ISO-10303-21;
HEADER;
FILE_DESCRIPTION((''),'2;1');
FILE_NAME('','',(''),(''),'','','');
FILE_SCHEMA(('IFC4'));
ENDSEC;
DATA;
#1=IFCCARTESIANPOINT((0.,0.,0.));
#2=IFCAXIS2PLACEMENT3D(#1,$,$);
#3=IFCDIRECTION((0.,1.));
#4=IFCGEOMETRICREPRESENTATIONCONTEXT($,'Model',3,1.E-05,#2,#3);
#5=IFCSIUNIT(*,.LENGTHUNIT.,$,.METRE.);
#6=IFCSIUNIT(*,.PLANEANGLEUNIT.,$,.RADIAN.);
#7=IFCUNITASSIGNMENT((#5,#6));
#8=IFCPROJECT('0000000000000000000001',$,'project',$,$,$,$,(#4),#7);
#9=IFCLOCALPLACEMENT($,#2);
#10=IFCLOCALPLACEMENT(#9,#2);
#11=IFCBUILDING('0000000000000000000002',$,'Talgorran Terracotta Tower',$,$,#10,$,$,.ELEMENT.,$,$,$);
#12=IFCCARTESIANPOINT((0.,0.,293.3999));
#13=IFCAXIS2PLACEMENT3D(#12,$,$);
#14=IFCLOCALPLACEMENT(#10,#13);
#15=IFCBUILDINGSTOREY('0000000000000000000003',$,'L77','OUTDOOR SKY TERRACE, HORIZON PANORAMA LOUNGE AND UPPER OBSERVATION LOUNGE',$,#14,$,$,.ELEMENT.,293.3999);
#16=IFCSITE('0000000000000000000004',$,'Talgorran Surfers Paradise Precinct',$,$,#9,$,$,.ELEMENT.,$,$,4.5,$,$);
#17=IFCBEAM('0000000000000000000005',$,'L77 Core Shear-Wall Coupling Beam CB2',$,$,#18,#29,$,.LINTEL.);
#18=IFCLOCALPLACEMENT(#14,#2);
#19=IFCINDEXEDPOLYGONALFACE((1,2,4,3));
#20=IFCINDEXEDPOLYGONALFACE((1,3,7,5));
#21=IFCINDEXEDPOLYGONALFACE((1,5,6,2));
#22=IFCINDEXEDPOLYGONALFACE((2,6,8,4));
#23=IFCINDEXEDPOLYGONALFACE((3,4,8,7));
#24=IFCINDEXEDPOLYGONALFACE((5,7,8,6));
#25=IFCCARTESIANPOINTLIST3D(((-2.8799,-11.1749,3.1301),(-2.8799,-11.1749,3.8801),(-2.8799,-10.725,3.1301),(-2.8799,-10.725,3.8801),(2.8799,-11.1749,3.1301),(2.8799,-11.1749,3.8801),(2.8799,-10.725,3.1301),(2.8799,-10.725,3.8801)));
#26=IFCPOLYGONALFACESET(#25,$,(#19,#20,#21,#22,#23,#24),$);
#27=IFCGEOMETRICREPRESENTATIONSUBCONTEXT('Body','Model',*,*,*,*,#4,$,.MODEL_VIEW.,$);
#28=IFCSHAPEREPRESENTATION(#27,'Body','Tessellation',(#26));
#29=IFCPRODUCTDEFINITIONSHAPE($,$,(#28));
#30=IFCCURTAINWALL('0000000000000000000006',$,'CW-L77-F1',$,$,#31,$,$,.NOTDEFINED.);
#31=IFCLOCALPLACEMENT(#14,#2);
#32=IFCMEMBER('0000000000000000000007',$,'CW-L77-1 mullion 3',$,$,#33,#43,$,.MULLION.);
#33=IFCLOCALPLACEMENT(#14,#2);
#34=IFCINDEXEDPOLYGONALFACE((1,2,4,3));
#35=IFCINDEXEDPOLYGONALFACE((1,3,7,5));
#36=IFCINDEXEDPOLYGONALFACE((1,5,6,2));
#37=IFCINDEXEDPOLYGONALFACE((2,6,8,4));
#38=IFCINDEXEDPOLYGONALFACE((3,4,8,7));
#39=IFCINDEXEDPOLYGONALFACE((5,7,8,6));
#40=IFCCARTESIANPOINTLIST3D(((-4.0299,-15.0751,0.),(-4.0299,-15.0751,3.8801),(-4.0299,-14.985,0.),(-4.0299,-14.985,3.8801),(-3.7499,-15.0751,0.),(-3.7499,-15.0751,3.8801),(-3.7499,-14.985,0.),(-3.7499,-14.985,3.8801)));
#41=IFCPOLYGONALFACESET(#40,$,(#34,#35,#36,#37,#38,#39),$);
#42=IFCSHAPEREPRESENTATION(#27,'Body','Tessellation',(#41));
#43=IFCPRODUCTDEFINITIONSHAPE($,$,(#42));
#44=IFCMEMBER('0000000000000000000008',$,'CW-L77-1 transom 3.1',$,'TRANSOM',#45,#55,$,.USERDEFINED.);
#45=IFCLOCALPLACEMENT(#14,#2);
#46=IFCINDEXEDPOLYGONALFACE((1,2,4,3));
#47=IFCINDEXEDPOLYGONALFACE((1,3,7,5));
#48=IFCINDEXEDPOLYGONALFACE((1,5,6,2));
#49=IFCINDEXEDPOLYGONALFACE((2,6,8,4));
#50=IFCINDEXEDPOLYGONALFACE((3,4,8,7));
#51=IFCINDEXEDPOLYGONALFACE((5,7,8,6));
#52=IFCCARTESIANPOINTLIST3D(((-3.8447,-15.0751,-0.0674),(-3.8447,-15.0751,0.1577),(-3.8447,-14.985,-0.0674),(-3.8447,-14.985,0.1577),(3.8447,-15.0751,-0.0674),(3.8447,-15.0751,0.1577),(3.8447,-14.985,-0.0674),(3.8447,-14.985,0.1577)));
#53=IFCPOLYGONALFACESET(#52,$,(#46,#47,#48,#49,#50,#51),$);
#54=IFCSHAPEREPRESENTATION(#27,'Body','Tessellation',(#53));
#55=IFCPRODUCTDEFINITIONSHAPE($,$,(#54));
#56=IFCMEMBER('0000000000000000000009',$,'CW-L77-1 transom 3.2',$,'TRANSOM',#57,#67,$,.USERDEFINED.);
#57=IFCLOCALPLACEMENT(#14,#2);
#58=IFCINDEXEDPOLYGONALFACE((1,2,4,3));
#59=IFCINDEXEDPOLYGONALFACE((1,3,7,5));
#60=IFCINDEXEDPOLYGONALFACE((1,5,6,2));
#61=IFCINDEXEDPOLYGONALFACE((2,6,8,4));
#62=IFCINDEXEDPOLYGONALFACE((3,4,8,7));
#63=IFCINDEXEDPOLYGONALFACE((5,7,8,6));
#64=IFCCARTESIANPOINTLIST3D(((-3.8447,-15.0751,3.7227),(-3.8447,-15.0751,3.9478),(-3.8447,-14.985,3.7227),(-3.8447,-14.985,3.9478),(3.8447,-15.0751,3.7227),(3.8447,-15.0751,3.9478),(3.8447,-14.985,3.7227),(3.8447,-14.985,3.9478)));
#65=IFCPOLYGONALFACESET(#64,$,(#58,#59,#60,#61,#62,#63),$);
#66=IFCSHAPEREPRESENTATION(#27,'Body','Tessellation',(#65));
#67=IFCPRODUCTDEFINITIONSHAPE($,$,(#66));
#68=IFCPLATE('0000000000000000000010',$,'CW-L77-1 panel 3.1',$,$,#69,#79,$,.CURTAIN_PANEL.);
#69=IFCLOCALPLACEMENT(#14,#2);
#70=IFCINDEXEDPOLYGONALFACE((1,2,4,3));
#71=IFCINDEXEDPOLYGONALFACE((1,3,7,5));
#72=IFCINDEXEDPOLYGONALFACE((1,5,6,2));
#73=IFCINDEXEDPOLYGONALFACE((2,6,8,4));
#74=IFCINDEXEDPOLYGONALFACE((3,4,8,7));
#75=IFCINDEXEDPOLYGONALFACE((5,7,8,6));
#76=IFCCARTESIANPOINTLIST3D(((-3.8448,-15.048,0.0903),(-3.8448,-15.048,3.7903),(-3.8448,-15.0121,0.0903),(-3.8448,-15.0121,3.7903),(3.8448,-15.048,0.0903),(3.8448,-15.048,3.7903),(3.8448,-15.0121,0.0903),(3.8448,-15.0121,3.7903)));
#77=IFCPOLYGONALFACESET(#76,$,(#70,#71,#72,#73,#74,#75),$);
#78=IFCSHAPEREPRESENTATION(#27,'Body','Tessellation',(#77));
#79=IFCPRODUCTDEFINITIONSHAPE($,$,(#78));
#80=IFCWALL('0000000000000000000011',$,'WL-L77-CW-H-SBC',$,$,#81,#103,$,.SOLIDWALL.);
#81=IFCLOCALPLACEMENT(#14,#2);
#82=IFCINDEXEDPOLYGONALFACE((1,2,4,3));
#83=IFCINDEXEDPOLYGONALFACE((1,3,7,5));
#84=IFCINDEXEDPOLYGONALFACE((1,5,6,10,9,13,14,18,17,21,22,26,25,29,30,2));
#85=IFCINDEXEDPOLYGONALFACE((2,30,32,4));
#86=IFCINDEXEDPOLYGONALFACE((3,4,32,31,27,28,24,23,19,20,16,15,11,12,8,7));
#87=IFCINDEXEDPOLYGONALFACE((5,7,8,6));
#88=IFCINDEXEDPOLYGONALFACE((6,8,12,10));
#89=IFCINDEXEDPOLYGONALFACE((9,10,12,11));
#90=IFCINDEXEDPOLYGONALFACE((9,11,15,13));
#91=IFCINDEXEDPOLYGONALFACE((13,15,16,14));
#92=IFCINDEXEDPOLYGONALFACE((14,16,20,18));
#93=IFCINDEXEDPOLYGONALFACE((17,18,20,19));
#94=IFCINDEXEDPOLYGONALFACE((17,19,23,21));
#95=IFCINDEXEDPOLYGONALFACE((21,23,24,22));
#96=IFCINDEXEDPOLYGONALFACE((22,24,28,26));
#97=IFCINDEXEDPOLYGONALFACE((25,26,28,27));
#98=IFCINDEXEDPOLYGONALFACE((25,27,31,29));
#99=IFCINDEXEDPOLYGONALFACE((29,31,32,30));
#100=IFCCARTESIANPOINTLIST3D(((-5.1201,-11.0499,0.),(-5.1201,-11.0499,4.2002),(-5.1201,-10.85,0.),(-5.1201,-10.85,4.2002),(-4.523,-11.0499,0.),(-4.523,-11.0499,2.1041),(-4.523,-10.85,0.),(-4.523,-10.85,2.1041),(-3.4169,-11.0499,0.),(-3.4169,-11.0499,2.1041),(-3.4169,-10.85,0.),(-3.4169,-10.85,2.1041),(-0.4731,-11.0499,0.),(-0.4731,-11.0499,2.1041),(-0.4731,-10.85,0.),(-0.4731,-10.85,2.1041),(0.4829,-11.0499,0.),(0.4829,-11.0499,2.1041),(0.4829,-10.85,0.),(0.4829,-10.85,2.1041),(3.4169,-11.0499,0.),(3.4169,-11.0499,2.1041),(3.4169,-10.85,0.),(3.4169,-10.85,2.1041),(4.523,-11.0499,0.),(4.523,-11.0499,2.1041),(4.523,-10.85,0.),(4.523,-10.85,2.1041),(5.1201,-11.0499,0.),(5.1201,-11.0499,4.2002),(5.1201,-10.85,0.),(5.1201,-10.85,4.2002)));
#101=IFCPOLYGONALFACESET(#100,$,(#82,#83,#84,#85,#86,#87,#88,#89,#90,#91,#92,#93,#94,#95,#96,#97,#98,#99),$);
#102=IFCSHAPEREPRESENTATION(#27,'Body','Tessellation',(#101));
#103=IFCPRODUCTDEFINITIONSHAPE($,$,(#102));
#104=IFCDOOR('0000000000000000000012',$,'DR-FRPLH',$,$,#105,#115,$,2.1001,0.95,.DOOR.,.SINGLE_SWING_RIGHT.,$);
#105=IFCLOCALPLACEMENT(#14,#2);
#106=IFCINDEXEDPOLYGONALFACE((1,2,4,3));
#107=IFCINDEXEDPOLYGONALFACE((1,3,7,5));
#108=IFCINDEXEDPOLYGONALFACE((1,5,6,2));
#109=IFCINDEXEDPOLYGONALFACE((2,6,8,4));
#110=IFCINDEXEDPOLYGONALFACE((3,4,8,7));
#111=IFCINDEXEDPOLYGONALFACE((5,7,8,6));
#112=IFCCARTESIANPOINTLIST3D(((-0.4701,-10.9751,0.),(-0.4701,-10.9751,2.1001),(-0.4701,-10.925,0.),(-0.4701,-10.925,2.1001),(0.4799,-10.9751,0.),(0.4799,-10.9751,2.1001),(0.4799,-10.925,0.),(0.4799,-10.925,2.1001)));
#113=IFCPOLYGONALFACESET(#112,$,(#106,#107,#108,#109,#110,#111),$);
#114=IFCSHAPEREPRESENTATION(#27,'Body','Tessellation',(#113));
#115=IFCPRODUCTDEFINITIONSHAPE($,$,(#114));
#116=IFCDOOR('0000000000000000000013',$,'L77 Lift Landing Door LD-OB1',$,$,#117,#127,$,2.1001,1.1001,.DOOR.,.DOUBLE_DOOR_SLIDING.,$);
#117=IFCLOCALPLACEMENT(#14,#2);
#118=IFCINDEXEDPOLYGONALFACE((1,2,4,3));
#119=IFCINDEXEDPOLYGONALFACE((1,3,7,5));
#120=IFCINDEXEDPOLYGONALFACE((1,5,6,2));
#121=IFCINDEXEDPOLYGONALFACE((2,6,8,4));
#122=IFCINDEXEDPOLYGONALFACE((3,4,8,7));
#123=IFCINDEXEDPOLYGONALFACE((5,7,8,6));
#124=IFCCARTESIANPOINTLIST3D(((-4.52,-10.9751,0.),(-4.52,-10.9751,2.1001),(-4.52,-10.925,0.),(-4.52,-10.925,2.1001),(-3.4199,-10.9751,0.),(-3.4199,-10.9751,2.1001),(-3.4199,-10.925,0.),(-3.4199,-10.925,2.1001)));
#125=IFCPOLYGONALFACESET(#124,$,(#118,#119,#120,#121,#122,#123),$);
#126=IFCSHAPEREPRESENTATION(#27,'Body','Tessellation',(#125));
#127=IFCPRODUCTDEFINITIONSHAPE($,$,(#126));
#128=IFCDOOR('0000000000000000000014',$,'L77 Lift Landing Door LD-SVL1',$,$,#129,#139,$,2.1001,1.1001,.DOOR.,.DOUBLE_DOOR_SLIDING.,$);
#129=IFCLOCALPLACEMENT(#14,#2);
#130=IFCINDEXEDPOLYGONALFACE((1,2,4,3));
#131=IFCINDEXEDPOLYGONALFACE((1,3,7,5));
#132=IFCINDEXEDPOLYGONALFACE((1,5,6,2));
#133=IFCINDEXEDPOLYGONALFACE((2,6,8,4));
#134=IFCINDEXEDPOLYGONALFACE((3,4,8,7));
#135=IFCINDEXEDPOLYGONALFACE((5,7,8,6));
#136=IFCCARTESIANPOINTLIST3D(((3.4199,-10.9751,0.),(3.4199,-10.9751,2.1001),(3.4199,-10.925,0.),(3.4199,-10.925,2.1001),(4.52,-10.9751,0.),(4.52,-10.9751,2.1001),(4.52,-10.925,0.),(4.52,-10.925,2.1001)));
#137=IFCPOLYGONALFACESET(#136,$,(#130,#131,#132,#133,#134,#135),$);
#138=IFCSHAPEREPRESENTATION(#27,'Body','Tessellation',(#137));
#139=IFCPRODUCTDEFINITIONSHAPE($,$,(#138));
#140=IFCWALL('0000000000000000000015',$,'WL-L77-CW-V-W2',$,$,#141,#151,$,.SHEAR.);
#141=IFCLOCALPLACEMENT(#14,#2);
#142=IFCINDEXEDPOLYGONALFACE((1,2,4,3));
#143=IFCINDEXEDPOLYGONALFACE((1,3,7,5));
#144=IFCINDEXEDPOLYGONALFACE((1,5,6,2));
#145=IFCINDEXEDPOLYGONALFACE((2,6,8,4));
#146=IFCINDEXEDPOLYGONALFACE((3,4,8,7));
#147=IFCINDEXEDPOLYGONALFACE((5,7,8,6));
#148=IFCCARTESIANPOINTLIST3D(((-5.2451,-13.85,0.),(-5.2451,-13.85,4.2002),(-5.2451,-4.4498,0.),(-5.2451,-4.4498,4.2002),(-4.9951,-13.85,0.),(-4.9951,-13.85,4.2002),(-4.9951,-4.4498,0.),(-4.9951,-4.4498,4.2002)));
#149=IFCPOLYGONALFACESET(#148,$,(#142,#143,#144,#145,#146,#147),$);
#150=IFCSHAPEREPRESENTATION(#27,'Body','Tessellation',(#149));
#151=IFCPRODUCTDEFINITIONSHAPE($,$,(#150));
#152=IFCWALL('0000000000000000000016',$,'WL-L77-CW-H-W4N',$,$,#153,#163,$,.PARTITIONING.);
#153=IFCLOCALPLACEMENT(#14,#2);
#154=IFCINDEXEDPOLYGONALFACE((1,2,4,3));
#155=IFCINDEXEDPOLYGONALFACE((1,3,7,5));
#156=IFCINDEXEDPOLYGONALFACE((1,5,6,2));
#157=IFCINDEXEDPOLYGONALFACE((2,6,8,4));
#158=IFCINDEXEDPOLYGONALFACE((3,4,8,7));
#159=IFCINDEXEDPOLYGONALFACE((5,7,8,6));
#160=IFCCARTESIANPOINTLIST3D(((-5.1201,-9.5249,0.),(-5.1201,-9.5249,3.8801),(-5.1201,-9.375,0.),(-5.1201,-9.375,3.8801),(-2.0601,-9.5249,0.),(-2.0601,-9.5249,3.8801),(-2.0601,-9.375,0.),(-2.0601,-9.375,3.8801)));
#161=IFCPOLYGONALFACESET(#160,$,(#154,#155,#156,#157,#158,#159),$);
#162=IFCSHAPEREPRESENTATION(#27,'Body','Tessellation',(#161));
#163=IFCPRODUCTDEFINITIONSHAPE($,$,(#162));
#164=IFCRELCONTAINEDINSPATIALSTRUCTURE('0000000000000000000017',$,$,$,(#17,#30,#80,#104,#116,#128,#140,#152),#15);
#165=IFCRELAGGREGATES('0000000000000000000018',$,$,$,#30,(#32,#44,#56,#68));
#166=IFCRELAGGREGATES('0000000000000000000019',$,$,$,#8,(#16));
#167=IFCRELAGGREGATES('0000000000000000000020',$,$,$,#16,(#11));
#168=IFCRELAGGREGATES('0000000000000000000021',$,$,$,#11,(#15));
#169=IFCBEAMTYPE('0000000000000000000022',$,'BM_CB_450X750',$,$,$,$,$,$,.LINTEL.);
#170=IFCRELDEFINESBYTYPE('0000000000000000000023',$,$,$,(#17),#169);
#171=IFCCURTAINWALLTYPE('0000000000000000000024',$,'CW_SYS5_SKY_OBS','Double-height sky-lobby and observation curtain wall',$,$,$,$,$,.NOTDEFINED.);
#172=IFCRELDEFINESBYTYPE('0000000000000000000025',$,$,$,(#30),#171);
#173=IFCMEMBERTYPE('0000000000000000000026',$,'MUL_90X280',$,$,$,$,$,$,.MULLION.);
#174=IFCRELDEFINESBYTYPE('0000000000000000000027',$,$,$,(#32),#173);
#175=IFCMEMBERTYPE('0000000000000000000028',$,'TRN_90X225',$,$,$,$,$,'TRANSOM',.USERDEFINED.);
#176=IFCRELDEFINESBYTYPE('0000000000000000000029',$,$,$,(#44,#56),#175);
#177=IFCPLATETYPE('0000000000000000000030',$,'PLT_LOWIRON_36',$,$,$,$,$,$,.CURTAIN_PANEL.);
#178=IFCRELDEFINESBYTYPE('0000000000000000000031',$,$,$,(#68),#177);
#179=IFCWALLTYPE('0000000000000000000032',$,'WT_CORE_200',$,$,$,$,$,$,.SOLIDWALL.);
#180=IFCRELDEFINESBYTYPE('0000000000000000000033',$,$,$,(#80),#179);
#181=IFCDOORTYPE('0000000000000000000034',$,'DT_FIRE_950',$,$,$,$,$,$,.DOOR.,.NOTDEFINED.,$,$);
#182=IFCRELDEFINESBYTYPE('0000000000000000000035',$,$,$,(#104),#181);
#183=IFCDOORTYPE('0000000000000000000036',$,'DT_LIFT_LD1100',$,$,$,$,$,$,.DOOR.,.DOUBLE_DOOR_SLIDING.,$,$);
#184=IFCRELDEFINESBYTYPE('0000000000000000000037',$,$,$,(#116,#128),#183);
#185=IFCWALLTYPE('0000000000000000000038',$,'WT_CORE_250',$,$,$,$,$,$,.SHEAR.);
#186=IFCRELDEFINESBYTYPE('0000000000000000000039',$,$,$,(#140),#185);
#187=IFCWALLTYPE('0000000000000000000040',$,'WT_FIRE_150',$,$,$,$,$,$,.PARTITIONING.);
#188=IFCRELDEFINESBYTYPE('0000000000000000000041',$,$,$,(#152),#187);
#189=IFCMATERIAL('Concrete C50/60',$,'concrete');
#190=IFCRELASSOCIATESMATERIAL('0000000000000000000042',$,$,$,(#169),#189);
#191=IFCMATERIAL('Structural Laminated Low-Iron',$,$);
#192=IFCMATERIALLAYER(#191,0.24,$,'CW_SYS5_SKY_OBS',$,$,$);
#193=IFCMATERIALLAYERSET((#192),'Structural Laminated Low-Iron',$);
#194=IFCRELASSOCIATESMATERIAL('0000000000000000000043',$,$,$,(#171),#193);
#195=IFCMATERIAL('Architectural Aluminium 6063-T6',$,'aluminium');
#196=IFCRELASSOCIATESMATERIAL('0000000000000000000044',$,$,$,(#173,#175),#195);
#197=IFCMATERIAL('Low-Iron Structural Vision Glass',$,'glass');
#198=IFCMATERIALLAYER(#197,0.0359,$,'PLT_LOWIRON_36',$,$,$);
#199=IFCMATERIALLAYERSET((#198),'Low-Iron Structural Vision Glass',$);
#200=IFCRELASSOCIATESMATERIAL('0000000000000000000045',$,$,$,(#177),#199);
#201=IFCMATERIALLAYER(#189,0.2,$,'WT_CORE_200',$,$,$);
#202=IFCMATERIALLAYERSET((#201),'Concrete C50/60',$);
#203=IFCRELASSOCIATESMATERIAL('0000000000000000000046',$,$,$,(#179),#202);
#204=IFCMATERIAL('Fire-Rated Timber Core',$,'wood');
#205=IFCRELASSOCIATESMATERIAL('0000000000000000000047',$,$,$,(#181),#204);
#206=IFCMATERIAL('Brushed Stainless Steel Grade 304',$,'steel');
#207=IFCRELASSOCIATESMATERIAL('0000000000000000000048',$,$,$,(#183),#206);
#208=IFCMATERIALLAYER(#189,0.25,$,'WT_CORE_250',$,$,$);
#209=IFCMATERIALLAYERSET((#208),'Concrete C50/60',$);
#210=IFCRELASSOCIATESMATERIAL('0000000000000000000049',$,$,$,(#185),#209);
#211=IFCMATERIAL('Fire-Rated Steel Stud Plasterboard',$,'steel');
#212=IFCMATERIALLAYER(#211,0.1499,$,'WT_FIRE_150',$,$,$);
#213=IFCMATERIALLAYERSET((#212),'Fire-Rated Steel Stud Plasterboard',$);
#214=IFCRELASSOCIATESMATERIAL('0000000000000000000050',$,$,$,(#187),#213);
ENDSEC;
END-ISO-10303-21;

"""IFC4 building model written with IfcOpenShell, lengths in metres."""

from ifc_helpers import new_model, si_unit, direction, frame, frame_2d, origin, origin_2d, place, context, subcontext, project, spatial, rectangle, extrude, source, transform, mapped, material, layer, layer_set, material_profile, profile_set, type_object, type_shapes, element, fill, aggregate, save


model = new_model("IFC4")

# Units and contexts
model_context = context("Model", 3, precision=1e-05, world=origin(), true_north=direction((0.0, 1.0)))
body_context = subcontext(model_context, "Body", "Model", "MODEL_VIEW")
ifc_project = project(units=[si_unit("LENGTHUNIT", "METRE"), si_unit("PLANEANGLEUNIT", "RADIAN")], contexts=[model_context])

# Site, building, storey
site_placement = place(None, origin())
site = spatial("IfcSite", under=ifc_project, at=site_placement, Name="Talgorran Surfers Paradise Precinct", CompositionType="ELEMENT", RefElevation=4.5)
building_placement = place(site_placement, origin())
building = spatial("IfcBuilding", under=site, at=building_placement, Name="Talgorran Terracotta Tower", CompositionType="ELEMENT")
storey_placement = place(building_placement, frame((0.0, 0.0, 293.3999)))
storey = spatial("IfcBuildingStorey", under=building, at=storey_placement, Name="L77", Description="OUTDOOR SKY TERRACE, HORIZON PANORAMA LOUNGE AND UPPER OBSERVATION LOUNGE", CompositionType="ELEMENT", Elevation=293.3999)

# Beam
ifc_material_1 = material(Name="Concrete C50/60", Category="concrete")
ifc_material_profile_1 = material_profile(ifc_material_1, rectangle(XDim=0.45, YDim=0.75, at=origin_2d()), Name="RCCB450X750")
ifc_profile_set_1 = profile_set([ifc_material_profile_1], Name="Concrete C50/60")
beam_type = type_object("IfcBeamType", Name="BM_CB_450X750", PredefinedType="LINTEL", material=ifc_profile_set_1)
beam_placement = place(storey_placement, frame((-2.8799, -10.95, 3.5051), z_axis=(1.0, 0.0, 0.0), x_axis=(0.0, 1.0, 0.0)))
element("IfcBeam", 1, at=beam_placement, inside=storey, type_object=beam_type, Name="L77 Core Shear-Wall Coupling Beam CB2", PredefinedType="LINTEL", context=body_context, shape_type="SweptSolid", body=[
    extrude(rectangle(XDim=0.45, YDim=0.75, at=origin_2d()), origin(), (0.0, 0.0, 1.0), 5.7598),
])

# Curtain wall, members, plate
ifc_material_2 = material(Name="Structural Laminated Low-Iron")
ifc_layer_1 = layer(ifc_material_2, 0.24, Name="CW_SYS5_SKY_OBS")
ifc_layer_set_1 = layer_set([ifc_layer_1], Name="Structural Laminated Low-Iron")
curtain_wall_type = type_object("IfcCurtainWallType", Name="CW_SYS5_SKY_OBS", Description="Double-height sky-lobby and observation curtain wall", PredefinedType="NOTDEFINED", material=ifc_layer_set_1)
curtain_wall_placement = place(storey_placement, origin())
curtain_wall = element("IfcCurtainWall", 2, at=curtain_wall_placement, inside=storey, type_object=curtain_wall_type, Name="CW-L77-F1", PredefinedType="NOTDEFINED")
ifc_material_3 = material(Name="Architectural Aluminium 6063-T6", Category="aluminium")
ifc_material_profile_2 = material_profile(ifc_material_3, rectangle(XDim=0.0901, YDim=0.28, at=origin_2d()), Name="CWM90X280")
ifc_profile_set_2 = profile_set([ifc_material_profile_2], Name="Architectural Aluminium 6063-T6")
member_type_1 = type_object("IfcMemberType", Name="MUL_90X280", PredefinedType="MULLION", material=ifc_profile_set_2)
member_1_placement = place(storey_placement, frame((-3.8899, -15.03, 0.0), z_axis=(0.0, 0.0, 1.0), x_axis=(0.0, 1.0, 0.0)))
member_1 = element("IfcMember", 3, at=member_1_placement, type_object=member_type_1, Name="CW-L77-1 mullion 3", PredefinedType="MULLION", context=body_context, shape_type="SweptSolid", body=[
    extrude(rectangle(XDim=0.0901, YDim=0.28, at=origin_2d()), origin(), (0.0, 0.0, 1.0), 3.8801),
])
ifc_material_profile_3 = material_profile(ifc_material_3, rectangle(XDim=0.0901, YDim=0.2251, at=origin_2d()), Name="CWT90X225")
ifc_profile_set_3 = profile_set([ifc_material_profile_3], Name="Architectural Aluminium 6063-T6")
member_type_2 = type_object("IfcMemberType", Name="TRN_90X225", ElementType="TRANSOM", PredefinedType="USERDEFINED", material=ifc_profile_set_3)
member_2_placement = place(storey_placement, frame((-3.8447, -15.03, 0.0452), z_axis=(1.0, 0.0, 0.0), x_axis=(0.0, 1.0, 0.0)))
member_2 = element("IfcMember", 4, at=member_2_placement, type_object=member_type_2, Name="CW-L77-1 transom 3.1", ObjectType="TRANSOM", PredefinedType="USERDEFINED", context=body_context, shape_type="SweptSolid", body=[
    extrude(rectangle(XDim=0.0901, YDim=0.2251, at=origin_2d()), origin(), (0.0, 0.0, 1.0), 7.6895),
])
member_3_placement = place(storey_placement, frame((-3.8447, -15.03, 3.8352), z_axis=(1.0, 0.0, 0.0), x_axis=(0.0, 1.0, 0.0)))
member_3 = element("IfcMember", 5, at=member_3_placement, type_object=member_type_2, Name="CW-L77-1 transom 3.2", ObjectType="TRANSOM", PredefinedType="USERDEFINED", context=body_context, shape_type="SweptSolid", body=[
    extrude(rectangle(XDim=0.0901, YDim=0.2251, at=origin_2d()), origin(), (0.0, 0.0, 1.0), 7.6895),
])
ifc_material_4 = material(Name="Low-Iron Structural Vision Glass", Category="glass")
ifc_layer_2 = layer(ifc_material_4, 0.0359, Name="PLT_LOWIRON_36")
ifc_layer_set_2 = layer_set([ifc_layer_2], Name="Low-Iron Structural Vision Glass")
plate_type = type_object("IfcPlateType", Name="PLT_LOWIRON_36", PredefinedType="CURTAIN_PANEL", material=ifc_layer_set_2)
shared_shape = source(origin(), body_context, "Body", "SweptSolid", [
    extrude(rectangle(XDim=7.6897, YDim=0.0359, at=origin_2d()), origin(), (0.0, 0.0, 1.0), 3.7),
])
type_shapes(plate_type, [shared_shape])
plate_placement = place(storey_placement, frame((0.0, -15.03, 0.0903), z_axis=(0.0, 0.0, 1.0), x_axis=(1.0, 0.0, 0.0)))
plate = element("IfcPlate", 6, at=plate_placement, type_object=plate_type, Name="CW-L77-1 panel 3.1", PredefinedType="CURTAIN_PANEL", context=body_context, shape_type="MappedRepresentation", body=[
    mapped(shared_shape, transform((0.0, 0.0, 0.0), scale=1.0)),
])
aggregate(curtain_wall, [member_1, member_2, member_3, plate])

# Wall, openings, doors
ifc_layer_3 = layer(ifc_material_1, 0.2, Name="WT_CORE_200")
ifc_layer_set_3 = layer_set([ifc_layer_3], Name="Concrete C50/60")
wall_type_1 = type_object("IfcWallType", Name="WT_CORE_200", PredefinedType="SOLIDWALL", material=ifc_layer_set_3)
wall_1_placement = place(storey_placement, frame((-5.1201, -10.95, 0.0), z_axis=(0.0, 0.0, 1.0), x_axis=(1.0, 0.0, 0.0)))
wall_1 = element("IfcWall", 7, at=wall_1_placement, inside=storey, type_object=wall_type_1, Name="WL-L77-CW-H-SBC", PredefinedType="SOLIDWALL", context=body_context, shape_type="SweptSolid", body=[
    extrude(rectangle(XDim=10.2402, YDim=0.2, at=frame_2d((5.1201, 0.0))), origin(), (0.0, 0.0, 1.0), 4.2002),
])
opening_1_placement = place(wall_1_placement, frame((0.6001, 0.0, 0.0)))
opening_1 = element("IfcOpeningElement", 8, at=opening_1_placement, cuts=wall_1, PredefinedType="OPENING", context=body_context, shape_type="SweptSolid", body=[
    extrude(rectangle(XDim=1.1061, YDim=2.1041, at=frame_2d((0.55, 1.052))), frame((0.0, 0.1099, 0.0), z_axis=(0.0, -1.0, 0.0), x_axis=(1.0, 0.0, 0.0)), (0.0, 0.0, 1.0), 0.22),
])
opening_2_placement = place(wall_1_placement, frame((4.6499, 0.0, 0.0)))
opening_2 = element("IfcOpeningElement", 9, at=opening_2_placement, cuts=wall_1, PredefinedType="OPENING", context=body_context, shape_type="SweptSolid", body=[
    extrude(rectangle(XDim=0.956, YDim=2.1041, at=frame_2d((0.4751, 1.052))), frame((0.0, 0.1099, 0.0), z_axis=(0.0, -1.0, 0.0), x_axis=(1.0, 0.0, 0.0)), (0.0, 0.0, 1.0), 0.22),
])
opening_3_placement = place(wall_1_placement, frame((8.54, 0.0, 0.0)))
opening_3 = element("IfcOpeningElement", 10, at=opening_3_placement, cuts=wall_1, PredefinedType="OPENING", context=body_context, shape_type="SweptSolid", body=[
    extrude(rectangle(XDim=1.1061, YDim=2.1041, at=frame_2d((0.55, 1.052))), frame((0.0, 0.1099, 0.0), z_axis=(0.0, -1.0, 0.0), x_axis=(1.0, 0.0, 0.0)), (0.0, 0.0, 1.0), 0.22),
])
ifc_material_5 = material(Name="Fire-Rated Timber Core", Category="wood")
door_type_1 = type_object("IfcDoorType", Name="DT_FIRE_950", OperationType="NOTDEFINED", PredefinedType="DOOR", material=ifc_material_5)
door_1_placement = place(opening_2_placement, origin())
door_1 = element("IfcDoor", 11, at=door_1_placement, inside=storey, type_object=door_type_1, Name="DR-FRPLH", OperationType="SINGLE_SWING_RIGHT", OverallHeight=2.1001, OverallWidth=0.95, PredefinedType="DOOR", context=body_context, shape_type="SweptSolid", body=[
    extrude(rectangle(XDim=0.95, YDim=2.1001, at=frame_2d((0.4751, 1.05))), frame((0.0, 0.0249, 0.0), z_axis=(0.0, -1.0, 0.0), x_axis=(1.0, 0.0, 0.0)), (0.0, 0.0, 1.0), 0.05),
])
fill(opening_2, door_1)
ifc_material_6 = material(Name="Brushed Stainless Steel Grade 304", Category="steel")
door_type_2 = type_object("IfcDoorType", Name="DT_LIFT_LD1100", OperationType="DOUBLE_DOOR_SLIDING", PredefinedType="DOOR", material=ifc_material_6)
door_2_placement = place(opening_1_placement, origin())
door_2 = element("IfcDoor", 12, at=door_2_placement, inside=storey, type_object=door_type_2, Name="L77 Lift Landing Door LD-OB1", OperationType="DOUBLE_DOOR_SLIDING", OverallHeight=2.1001, OverallWidth=1.1001, PredefinedType="DOOR", context=body_context, shape_type="SweptSolid", body=[
    extrude(rectangle(XDim=1.1001, YDim=2.1001, at=frame_2d((0.55, 1.05))), frame((0.0, 0.0249, 0.0), z_axis=(0.0, -1.0, 0.0), x_axis=(1.0, 0.0, 0.0)), (0.0, 0.0, 1.0), 0.05),
])
fill(opening_1, door_2)
door_3_placement = place(opening_3_placement, origin())
door_3 = element("IfcDoor", 13, at=door_3_placement, inside=storey, type_object=door_type_2, Name="L77 Lift Landing Door LD-SVL1", OperationType="DOUBLE_DOOR_SLIDING", OverallHeight=2.1001, OverallWidth=1.1001, PredefinedType="DOOR", context=body_context, shape_type="SweptSolid", body=[
    extrude(rectangle(XDim=1.1001, YDim=2.1001, at=frame_2d((0.55, 1.05))), frame((0.0, 0.0249, 0.0), z_axis=(0.0, -1.0, 0.0), x_axis=(1.0, 0.0, 0.0)), (0.0, 0.0, 1.0), 0.05),
])
fill(opening_3, door_3)

# Walls
ifc_layer_4 = layer(ifc_material_1, 0.25, Name="WT_CORE_250")
ifc_layer_set_4 = layer_set([ifc_layer_4], Name="Concrete C50/60")
wall_type_2 = type_object("IfcWallType", Name="WT_CORE_250", PredefinedType="SHEAR", material=ifc_layer_set_4)
wall_2_placement = place(storey_placement, frame((-5.1201, -13.8501, 0.0), z_axis=(0.0, 0.0, 1.0), x_axis=(0.0, 1.0, 0.0)))
element("IfcWall", 14, at=wall_2_placement, inside=storey, type_object=wall_type_2, Name="WL-L77-CW-V-W2", PredefinedType="SHEAR", context=body_context, shape_type="SweptSolid", body=[
    extrude(rectangle(XDim=9.4001, YDim=0.25, at=frame_2d((4.7002, 0.0))), origin(), (0.0, 0.0, 1.0), 4.2002),
])
ifc_material_7 = material(Name="Fire-Rated Steel Stud Plasterboard", Category="steel")
ifc_layer_5 = layer(ifc_material_7, 0.1499, Name="WT_FIRE_150")
ifc_layer_set_5 = layer_set([ifc_layer_5], Name="Fire-Rated Steel Stud Plasterboard")
wall_type_3 = type_object("IfcWallType", Name="WT_FIRE_150", PredefinedType="PARTITIONING", material=ifc_layer_set_5)
wall_3_placement = place(storey_placement, frame((-5.1201, -9.45, 0.0), z_axis=(0.0, 0.0, 1.0), x_axis=(1.0, 0.0, 0.0)))
element("IfcWall", 15, at=wall_3_placement, inside=storey, type_object=wall_type_3, Name="WL-L77-CW-H-W4N", PredefinedType="PARTITIONING", context=body_context, shape_type="SweptSolid", body=[
    extrude(rectangle(XDim=3.0601, YDim=0.1499, at=frame_2d((1.53, 0.0))), origin(), (0.0, 0.0, 1.0), 3.8801),
])

save(model, "model.ifc")
